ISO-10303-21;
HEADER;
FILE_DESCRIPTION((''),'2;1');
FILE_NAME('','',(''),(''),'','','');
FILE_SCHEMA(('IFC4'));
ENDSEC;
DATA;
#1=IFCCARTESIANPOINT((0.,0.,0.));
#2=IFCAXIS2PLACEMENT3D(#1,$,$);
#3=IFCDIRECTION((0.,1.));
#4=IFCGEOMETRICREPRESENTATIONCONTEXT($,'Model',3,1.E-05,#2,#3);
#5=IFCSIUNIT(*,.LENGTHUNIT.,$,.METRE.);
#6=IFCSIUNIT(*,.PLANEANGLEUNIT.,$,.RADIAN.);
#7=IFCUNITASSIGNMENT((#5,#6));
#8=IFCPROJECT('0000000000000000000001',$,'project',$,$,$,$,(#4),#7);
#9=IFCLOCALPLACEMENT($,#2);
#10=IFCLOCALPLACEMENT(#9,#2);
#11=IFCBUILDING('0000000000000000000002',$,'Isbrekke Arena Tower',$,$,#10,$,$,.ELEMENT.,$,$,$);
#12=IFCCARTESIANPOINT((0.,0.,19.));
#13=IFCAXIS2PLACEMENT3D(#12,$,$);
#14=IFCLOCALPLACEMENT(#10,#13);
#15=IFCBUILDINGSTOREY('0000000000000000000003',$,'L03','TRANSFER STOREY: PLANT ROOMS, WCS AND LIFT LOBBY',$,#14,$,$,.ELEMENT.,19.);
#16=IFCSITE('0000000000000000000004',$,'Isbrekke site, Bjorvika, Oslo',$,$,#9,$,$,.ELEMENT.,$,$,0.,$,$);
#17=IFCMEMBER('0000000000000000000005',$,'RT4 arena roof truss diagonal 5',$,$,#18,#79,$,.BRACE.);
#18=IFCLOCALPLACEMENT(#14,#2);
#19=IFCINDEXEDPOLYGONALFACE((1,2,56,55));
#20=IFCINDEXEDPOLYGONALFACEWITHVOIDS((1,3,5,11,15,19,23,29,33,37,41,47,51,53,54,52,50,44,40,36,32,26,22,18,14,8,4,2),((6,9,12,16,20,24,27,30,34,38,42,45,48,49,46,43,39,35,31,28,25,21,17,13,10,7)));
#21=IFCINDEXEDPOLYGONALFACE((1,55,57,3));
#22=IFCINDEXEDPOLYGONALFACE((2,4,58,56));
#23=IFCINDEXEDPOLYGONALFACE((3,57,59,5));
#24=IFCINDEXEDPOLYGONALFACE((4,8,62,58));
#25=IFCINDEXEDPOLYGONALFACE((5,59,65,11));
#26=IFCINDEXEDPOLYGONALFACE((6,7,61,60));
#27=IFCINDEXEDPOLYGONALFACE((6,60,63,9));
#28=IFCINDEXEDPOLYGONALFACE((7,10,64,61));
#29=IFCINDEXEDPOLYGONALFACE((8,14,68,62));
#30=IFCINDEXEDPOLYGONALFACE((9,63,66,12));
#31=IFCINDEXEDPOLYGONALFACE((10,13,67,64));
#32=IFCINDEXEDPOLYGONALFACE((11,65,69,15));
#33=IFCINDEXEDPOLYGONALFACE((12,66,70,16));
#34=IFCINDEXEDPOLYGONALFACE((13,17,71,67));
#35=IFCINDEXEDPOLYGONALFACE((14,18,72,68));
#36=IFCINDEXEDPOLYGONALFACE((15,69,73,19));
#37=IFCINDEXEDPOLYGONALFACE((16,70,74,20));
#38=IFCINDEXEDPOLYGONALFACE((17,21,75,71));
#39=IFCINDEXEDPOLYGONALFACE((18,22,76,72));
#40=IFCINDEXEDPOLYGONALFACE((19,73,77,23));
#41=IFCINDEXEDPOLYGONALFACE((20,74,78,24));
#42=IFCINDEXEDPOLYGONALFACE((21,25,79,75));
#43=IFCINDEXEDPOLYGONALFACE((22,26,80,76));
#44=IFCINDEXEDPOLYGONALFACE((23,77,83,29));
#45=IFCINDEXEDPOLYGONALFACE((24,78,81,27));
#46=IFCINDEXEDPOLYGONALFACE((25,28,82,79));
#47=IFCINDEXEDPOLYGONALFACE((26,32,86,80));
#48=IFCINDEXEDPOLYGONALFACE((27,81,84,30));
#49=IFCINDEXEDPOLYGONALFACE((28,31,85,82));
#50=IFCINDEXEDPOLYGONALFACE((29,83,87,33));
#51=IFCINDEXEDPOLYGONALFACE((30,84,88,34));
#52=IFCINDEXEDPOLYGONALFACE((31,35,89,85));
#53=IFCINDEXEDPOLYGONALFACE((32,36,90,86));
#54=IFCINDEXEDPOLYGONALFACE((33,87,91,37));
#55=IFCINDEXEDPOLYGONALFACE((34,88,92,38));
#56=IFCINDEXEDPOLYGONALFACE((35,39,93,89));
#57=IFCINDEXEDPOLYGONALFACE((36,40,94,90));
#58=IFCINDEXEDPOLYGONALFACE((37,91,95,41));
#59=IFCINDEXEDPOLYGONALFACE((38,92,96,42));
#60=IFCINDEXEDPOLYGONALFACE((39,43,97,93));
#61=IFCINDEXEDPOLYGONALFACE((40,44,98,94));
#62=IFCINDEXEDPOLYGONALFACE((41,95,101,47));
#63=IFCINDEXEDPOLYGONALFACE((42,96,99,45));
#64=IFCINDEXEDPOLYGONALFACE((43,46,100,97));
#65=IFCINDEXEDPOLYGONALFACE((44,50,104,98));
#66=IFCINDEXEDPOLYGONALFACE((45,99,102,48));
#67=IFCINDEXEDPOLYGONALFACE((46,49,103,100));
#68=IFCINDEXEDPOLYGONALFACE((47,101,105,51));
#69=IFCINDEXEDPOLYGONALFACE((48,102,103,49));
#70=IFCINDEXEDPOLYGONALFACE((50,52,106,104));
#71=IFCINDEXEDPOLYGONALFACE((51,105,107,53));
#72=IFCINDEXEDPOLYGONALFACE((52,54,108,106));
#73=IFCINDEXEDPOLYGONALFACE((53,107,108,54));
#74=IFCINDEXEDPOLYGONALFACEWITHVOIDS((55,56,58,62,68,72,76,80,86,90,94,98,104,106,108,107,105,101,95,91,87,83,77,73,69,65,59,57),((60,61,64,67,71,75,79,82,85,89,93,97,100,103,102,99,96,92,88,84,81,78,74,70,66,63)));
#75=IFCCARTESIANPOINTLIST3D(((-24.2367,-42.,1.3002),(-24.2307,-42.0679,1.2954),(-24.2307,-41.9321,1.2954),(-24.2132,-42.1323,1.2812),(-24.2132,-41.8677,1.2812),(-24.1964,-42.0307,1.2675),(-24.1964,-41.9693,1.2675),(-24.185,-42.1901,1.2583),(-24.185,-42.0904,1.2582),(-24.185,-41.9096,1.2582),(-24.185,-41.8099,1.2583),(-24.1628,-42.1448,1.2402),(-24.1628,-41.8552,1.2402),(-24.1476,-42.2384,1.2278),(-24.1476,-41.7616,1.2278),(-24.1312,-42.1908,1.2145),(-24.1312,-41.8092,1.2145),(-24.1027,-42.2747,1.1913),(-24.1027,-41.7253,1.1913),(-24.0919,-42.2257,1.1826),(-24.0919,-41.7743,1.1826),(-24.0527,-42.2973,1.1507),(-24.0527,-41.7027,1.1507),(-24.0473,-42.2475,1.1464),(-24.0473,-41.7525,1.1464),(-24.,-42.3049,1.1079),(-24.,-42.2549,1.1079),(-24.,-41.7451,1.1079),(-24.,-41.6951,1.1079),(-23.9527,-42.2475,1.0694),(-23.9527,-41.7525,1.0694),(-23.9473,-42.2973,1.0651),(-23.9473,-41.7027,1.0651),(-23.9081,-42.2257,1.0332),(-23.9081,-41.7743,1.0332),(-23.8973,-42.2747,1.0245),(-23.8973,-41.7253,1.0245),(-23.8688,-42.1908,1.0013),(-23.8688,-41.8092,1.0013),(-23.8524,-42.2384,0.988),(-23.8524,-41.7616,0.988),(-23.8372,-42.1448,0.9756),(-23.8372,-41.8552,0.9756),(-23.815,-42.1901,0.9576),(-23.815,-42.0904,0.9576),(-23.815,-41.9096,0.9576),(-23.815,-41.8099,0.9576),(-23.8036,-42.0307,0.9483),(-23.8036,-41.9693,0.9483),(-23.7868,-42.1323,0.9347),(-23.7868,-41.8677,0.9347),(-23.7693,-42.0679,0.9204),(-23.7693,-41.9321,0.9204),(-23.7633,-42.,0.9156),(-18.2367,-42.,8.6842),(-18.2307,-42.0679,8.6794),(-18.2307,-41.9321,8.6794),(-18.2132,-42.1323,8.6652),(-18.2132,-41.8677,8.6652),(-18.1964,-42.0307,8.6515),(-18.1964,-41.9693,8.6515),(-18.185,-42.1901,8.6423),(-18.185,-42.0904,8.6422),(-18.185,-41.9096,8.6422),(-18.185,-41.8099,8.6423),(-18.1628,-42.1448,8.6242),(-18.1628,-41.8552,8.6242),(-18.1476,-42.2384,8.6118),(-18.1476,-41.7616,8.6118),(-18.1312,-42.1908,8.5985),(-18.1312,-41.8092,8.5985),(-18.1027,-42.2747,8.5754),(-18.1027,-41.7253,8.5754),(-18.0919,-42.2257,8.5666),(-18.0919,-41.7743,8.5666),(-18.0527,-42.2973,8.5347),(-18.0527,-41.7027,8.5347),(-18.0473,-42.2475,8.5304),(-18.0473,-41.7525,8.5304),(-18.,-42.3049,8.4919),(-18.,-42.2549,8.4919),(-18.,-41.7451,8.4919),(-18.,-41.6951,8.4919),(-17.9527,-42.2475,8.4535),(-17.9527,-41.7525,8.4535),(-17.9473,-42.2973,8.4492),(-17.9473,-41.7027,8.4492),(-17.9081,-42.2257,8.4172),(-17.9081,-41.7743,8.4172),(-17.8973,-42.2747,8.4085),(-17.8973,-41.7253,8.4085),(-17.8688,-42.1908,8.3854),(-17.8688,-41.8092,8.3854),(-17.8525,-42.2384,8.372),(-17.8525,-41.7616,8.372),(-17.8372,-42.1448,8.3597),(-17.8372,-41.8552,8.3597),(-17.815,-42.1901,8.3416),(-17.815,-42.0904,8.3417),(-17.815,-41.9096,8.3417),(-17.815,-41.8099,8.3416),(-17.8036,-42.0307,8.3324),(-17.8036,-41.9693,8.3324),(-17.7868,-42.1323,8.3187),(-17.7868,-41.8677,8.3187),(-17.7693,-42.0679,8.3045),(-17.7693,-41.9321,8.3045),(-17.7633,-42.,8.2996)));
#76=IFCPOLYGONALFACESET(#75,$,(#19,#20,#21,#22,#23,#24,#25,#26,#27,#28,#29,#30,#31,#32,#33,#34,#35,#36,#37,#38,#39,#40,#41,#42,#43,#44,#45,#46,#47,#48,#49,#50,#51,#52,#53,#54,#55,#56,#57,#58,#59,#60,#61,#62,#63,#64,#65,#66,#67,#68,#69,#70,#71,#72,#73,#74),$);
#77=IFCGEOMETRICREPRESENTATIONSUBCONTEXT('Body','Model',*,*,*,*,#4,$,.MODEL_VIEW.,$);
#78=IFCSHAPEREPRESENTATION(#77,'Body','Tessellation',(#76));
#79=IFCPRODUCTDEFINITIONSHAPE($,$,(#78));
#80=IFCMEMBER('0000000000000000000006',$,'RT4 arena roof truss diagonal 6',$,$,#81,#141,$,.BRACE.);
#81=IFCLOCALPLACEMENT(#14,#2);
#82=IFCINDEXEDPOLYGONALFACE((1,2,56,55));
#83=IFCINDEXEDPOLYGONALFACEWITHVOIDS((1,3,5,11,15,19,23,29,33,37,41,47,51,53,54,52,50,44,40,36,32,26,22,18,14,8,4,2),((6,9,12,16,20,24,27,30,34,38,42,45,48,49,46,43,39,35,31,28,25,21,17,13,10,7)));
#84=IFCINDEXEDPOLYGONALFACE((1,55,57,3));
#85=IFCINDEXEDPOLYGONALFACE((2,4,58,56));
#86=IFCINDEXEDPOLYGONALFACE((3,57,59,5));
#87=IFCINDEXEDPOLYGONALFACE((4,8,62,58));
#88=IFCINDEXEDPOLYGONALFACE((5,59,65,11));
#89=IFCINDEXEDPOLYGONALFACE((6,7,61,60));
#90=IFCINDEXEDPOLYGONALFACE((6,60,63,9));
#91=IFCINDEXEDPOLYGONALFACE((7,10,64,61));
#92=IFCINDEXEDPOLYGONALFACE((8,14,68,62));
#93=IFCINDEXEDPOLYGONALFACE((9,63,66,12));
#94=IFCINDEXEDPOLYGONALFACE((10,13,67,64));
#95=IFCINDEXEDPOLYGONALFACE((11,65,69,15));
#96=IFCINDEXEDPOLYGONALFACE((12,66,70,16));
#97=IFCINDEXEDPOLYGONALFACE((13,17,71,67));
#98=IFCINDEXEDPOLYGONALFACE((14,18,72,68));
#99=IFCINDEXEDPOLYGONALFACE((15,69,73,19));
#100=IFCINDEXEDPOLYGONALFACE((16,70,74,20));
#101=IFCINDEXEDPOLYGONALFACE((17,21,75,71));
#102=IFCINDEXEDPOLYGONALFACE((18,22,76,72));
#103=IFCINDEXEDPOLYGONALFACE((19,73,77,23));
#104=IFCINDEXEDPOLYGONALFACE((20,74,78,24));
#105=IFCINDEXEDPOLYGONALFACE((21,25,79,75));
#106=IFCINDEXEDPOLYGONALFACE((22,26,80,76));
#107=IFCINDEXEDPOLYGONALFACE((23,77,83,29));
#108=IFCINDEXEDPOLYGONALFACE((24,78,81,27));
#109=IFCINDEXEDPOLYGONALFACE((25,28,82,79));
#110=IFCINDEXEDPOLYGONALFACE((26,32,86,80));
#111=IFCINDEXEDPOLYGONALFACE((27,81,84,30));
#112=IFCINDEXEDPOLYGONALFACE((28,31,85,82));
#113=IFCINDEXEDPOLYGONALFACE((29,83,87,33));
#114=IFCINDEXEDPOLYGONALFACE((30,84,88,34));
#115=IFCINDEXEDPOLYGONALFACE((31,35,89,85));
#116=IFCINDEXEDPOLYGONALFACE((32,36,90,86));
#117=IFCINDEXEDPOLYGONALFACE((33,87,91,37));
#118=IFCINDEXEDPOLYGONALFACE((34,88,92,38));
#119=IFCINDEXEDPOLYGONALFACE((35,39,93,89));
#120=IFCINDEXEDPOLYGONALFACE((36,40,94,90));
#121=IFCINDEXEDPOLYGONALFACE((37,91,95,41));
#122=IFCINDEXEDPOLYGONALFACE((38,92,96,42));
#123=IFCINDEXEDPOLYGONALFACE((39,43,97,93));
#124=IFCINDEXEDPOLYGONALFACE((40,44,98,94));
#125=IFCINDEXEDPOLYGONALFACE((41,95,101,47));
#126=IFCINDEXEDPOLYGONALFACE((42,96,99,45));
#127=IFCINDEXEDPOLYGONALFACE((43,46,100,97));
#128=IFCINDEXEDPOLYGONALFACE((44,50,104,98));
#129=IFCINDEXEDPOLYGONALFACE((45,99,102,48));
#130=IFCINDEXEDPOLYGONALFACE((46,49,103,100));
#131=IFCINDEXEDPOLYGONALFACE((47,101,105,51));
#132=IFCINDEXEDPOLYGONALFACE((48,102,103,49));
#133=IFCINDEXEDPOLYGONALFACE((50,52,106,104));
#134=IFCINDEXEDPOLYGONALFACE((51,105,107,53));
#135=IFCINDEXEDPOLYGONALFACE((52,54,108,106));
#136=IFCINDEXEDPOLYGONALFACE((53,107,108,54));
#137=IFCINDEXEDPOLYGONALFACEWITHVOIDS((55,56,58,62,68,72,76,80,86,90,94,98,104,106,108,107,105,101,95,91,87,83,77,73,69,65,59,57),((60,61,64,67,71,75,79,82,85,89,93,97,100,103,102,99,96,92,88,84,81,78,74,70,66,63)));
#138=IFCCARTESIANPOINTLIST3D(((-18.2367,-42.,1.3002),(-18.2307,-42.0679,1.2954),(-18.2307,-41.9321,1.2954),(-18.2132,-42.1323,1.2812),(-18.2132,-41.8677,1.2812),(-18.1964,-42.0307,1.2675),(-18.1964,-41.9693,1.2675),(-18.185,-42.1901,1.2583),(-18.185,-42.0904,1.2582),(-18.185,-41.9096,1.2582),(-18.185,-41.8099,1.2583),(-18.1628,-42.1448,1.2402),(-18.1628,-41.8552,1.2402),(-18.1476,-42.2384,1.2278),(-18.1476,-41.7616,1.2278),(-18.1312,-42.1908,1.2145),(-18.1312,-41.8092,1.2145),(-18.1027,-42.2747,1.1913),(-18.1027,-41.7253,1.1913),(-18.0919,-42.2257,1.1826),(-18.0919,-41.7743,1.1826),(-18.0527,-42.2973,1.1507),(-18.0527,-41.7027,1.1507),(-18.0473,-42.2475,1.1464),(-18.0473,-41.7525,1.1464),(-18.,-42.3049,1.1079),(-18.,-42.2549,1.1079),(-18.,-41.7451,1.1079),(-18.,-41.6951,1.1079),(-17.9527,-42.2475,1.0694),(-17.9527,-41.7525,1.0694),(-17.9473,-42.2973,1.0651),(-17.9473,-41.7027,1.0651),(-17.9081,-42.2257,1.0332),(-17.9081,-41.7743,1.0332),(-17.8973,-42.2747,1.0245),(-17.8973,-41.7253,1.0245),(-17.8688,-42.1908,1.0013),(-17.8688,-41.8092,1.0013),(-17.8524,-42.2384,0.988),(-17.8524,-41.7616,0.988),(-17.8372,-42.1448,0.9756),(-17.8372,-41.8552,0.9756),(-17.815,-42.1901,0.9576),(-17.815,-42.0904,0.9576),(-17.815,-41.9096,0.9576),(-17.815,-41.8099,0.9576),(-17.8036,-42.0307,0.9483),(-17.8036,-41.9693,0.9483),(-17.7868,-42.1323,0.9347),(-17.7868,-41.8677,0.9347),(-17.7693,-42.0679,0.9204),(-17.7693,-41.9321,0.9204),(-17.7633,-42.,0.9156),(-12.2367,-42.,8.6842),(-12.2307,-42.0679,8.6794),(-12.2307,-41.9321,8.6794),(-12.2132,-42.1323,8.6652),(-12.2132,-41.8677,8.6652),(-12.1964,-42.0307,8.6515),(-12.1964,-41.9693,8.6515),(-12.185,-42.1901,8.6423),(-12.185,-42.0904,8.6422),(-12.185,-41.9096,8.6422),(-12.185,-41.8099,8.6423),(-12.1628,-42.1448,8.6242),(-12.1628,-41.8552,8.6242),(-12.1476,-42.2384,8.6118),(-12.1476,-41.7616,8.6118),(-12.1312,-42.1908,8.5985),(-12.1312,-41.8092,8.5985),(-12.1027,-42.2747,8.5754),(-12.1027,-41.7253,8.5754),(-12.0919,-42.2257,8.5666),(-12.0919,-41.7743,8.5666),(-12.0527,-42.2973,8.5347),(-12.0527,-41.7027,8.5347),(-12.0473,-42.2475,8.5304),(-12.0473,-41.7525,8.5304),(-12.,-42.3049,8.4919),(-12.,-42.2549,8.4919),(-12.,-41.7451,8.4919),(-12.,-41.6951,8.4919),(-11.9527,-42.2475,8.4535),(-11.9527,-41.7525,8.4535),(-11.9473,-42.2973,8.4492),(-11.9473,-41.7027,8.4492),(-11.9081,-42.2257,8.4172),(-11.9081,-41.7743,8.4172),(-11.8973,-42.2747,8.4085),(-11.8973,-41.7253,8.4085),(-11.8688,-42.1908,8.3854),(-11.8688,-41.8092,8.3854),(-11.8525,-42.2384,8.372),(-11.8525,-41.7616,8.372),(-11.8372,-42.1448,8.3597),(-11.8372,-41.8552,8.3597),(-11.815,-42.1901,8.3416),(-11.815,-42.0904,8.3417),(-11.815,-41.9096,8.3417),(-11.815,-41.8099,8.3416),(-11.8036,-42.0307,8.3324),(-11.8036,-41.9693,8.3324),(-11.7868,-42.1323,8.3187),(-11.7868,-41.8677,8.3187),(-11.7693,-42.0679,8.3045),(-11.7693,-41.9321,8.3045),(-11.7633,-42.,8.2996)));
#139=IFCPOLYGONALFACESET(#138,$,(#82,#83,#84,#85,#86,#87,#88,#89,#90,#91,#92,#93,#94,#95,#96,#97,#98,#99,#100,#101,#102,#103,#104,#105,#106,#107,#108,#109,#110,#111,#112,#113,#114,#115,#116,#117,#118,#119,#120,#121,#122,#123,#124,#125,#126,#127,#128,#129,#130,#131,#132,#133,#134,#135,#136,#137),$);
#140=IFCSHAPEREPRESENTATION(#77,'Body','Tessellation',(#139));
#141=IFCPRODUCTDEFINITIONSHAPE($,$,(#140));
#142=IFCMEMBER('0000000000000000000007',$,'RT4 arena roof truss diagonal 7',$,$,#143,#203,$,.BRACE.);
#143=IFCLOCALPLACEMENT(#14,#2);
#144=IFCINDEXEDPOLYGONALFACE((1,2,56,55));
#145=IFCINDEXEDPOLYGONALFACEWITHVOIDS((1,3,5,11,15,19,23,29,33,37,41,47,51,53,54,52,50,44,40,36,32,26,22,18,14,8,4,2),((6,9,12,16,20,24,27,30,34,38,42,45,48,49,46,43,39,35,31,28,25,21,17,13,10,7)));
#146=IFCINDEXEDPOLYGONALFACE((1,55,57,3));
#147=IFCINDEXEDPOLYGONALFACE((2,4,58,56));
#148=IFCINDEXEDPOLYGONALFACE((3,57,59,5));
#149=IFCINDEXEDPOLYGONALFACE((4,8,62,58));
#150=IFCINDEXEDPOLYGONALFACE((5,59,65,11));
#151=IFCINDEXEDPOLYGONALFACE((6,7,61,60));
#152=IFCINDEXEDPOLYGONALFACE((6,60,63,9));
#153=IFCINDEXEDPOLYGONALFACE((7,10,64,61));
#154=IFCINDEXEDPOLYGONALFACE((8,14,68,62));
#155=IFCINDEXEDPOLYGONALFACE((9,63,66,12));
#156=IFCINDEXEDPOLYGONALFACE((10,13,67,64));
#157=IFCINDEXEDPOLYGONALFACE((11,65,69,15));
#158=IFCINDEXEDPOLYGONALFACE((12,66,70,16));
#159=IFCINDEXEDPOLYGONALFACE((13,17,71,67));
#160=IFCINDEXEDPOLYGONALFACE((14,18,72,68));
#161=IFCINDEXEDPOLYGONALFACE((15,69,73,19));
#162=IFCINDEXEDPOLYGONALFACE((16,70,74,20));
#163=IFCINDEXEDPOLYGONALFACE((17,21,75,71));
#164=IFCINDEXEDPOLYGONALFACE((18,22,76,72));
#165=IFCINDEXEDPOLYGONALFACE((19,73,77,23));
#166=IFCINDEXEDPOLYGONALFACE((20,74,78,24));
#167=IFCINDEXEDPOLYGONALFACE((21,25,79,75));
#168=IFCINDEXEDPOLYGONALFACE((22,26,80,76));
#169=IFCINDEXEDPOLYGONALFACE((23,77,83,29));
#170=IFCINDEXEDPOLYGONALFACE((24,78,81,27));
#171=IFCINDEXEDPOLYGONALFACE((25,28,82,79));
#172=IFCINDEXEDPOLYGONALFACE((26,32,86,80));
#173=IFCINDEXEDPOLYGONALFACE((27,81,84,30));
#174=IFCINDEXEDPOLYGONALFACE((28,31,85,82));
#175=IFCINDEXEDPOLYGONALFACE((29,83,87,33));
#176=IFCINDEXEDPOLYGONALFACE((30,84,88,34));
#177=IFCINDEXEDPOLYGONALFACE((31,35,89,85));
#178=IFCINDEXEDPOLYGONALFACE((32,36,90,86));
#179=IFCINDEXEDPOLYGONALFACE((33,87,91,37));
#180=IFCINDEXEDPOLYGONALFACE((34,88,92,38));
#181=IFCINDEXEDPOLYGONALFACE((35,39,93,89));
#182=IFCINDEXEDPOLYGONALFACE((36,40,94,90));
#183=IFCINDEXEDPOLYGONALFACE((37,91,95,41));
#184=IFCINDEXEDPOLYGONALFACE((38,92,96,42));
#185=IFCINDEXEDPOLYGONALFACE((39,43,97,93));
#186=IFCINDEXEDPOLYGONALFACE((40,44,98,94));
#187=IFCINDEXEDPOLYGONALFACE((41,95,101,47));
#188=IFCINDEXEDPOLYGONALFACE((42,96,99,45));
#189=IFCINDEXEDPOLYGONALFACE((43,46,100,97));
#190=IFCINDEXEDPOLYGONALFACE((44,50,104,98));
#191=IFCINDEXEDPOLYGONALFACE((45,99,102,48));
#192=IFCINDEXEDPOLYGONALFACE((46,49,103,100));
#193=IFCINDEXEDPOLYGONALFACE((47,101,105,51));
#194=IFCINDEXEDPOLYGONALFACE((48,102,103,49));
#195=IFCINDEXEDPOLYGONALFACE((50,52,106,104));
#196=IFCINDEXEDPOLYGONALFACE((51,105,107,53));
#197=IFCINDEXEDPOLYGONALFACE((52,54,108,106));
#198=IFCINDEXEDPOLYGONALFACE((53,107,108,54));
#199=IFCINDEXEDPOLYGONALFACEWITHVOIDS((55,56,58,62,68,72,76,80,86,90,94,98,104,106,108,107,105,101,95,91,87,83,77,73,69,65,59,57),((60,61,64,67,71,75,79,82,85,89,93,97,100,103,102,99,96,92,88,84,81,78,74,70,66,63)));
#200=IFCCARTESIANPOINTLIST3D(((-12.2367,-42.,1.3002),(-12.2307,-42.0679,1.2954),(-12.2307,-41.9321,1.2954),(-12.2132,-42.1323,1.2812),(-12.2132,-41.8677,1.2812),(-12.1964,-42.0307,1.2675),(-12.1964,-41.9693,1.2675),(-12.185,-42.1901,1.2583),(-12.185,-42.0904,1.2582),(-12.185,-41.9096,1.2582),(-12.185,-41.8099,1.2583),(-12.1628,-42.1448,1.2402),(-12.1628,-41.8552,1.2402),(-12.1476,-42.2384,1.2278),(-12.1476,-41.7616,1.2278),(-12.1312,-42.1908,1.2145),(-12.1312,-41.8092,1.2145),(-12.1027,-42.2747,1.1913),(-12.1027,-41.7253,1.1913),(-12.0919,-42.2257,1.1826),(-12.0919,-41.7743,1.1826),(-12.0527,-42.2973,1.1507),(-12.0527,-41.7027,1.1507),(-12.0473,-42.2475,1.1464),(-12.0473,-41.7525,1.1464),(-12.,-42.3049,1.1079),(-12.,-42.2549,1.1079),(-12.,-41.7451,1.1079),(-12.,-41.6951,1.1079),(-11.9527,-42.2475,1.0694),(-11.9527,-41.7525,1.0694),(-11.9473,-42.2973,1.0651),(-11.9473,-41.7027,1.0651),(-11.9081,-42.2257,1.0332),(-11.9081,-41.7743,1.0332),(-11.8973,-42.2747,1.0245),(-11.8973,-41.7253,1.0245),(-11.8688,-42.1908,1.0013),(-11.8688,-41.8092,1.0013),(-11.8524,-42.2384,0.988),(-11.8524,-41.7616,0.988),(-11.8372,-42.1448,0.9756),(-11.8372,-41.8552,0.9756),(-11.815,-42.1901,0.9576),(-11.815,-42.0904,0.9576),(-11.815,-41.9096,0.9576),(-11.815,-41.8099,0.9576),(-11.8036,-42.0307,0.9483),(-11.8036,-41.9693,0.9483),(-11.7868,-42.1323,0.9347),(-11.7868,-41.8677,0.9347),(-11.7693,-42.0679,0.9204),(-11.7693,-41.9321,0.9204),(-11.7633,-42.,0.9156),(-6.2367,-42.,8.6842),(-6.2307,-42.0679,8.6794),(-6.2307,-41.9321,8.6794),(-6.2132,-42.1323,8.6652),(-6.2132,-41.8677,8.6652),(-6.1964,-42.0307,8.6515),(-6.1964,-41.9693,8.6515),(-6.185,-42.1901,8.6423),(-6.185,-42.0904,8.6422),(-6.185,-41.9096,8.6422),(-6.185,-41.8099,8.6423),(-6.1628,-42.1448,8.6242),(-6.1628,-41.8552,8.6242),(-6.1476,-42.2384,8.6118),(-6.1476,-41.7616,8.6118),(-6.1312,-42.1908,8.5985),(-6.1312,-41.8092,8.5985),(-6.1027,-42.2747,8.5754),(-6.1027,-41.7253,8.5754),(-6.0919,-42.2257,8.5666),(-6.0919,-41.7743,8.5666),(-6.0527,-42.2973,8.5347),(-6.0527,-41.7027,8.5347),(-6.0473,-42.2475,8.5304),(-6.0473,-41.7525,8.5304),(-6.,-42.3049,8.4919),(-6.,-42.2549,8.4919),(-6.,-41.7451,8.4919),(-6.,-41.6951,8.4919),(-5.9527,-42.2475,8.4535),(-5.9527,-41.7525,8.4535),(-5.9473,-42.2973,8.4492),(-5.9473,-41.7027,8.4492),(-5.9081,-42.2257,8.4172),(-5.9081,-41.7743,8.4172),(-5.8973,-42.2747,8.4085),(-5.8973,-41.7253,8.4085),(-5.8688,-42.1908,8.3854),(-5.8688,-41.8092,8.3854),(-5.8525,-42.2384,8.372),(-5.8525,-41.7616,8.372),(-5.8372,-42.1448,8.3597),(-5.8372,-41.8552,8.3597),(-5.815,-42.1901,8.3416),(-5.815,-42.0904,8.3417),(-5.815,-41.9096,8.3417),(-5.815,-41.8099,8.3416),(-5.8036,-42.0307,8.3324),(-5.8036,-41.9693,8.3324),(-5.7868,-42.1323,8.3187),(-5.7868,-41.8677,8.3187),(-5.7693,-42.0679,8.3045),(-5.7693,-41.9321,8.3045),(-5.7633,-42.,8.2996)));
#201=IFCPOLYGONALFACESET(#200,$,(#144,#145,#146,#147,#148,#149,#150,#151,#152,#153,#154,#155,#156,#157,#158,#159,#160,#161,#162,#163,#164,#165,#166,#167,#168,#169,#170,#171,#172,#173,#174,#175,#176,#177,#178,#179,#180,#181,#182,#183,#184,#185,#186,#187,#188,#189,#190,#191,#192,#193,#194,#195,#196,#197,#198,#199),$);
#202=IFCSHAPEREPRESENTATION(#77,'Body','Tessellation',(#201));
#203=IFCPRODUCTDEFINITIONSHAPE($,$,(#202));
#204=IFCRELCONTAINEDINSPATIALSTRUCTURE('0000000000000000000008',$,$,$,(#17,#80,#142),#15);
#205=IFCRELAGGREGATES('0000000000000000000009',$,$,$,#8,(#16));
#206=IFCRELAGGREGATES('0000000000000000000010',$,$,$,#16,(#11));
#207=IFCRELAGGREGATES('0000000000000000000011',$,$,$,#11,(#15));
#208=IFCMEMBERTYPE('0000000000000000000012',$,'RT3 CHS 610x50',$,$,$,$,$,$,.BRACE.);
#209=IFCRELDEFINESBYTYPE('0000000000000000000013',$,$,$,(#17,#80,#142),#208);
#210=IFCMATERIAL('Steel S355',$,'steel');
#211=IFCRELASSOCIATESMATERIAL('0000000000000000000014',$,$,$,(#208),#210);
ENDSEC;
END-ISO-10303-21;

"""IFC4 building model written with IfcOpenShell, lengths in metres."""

from ifc_helpers import new_model, si_unit, direction, frame, origin, origin_2d, place, context, subcontext, project, spatial, hollow_circle, extrude, material, material_profile, profile_set, type_object, element, save


model = new_model("IFC4")

# Units and contexts
model_context = context("Model", 3, precision=1e-05, world=origin(), true_north=direction((0.0, 1.0)))
body_context = subcontext(model_context, "Body", "Model", "MODEL_VIEW")
ifc_project = project(units=[si_unit("LENGTHUNIT", "METRE"), si_unit("PLANEANGLEUNIT", "RADIAN")], contexts=[model_context])

# Site, building, storey
site_placement = place(None, origin())
site = spatial("IfcSite", under=ifc_project, at=site_placement, Name="Isbrekke site, Bjorvika, Oslo", CompositionType="ELEMENT", RefElevation=0.0)
building_placement = place(site_placement, origin())
building = spatial("IfcBuilding", under=site, at=building_placement, Name="Isbrekke Arena Tower", CompositionType="ELEMENT")
storey_placement = place(building_placement, frame((0.0, 0.0, 19.0)))
storey = spatial("IfcBuildingStorey", under=building, at=storey_placement, Name="L03", Description="TRANSFER STOREY: PLANT ROOMS, WCS AND LIFT LOBBY", CompositionType="ELEMENT", Elevation=19.0)

# Members
ifc_material_1 = material(Name="Steel S355", Category="steel")
ifc_material_profile_1 = material_profile(ifc_material_1, hollow_circle(Radius=0.3049, WallThickness=0.05, at=origin_2d()), Name="CHS 610x50")
ifc_profile_set_1 = profile_set([ifc_material_profile_1], Name="Steel S355")
member_type_1 = type_object("IfcMemberType", Name="RT3 CHS 610x50", PredefinedType="BRACE", material=ifc_profile_set_1)
for number, where, z_axis, x_axis, name in (
    (1, (-24.0, -42.0, 1.1079), (0.630623, 0.0, 0.77609), (0.0, 1.0, 0.0), "RT4 arena roof truss diagonal 5"),
    (2, (-18.0, -42.0, 1.1079), (0.630623, 0.0, 0.77609), (0.0, 1.0, 0.0), "RT4 arena roof truss diagonal 6"),
    (3, (-12.0, -42.0, 1.1079), (0.630623, 0.0, 0.77609), (0.0, 1.0, 0.0), "RT4 arena roof truss diagonal 7"),
):
    element("IfcMember", number, at=place(storey_placement, frame(where, z_axis=z_axis, x_axis=x_axis)), inside=storey, type_object=member_type_1, Name=name, PredefinedType="BRACE", context=body_context, shape_type="SweptSolid", body=[
        extrude(hollow_circle(Radius=0.3049, WallThickness=0.05, at=origin_2d()), origin(), (0.0, 0.0, 1.0), 9.5144),
    ])

save(model, "model.ifc")
